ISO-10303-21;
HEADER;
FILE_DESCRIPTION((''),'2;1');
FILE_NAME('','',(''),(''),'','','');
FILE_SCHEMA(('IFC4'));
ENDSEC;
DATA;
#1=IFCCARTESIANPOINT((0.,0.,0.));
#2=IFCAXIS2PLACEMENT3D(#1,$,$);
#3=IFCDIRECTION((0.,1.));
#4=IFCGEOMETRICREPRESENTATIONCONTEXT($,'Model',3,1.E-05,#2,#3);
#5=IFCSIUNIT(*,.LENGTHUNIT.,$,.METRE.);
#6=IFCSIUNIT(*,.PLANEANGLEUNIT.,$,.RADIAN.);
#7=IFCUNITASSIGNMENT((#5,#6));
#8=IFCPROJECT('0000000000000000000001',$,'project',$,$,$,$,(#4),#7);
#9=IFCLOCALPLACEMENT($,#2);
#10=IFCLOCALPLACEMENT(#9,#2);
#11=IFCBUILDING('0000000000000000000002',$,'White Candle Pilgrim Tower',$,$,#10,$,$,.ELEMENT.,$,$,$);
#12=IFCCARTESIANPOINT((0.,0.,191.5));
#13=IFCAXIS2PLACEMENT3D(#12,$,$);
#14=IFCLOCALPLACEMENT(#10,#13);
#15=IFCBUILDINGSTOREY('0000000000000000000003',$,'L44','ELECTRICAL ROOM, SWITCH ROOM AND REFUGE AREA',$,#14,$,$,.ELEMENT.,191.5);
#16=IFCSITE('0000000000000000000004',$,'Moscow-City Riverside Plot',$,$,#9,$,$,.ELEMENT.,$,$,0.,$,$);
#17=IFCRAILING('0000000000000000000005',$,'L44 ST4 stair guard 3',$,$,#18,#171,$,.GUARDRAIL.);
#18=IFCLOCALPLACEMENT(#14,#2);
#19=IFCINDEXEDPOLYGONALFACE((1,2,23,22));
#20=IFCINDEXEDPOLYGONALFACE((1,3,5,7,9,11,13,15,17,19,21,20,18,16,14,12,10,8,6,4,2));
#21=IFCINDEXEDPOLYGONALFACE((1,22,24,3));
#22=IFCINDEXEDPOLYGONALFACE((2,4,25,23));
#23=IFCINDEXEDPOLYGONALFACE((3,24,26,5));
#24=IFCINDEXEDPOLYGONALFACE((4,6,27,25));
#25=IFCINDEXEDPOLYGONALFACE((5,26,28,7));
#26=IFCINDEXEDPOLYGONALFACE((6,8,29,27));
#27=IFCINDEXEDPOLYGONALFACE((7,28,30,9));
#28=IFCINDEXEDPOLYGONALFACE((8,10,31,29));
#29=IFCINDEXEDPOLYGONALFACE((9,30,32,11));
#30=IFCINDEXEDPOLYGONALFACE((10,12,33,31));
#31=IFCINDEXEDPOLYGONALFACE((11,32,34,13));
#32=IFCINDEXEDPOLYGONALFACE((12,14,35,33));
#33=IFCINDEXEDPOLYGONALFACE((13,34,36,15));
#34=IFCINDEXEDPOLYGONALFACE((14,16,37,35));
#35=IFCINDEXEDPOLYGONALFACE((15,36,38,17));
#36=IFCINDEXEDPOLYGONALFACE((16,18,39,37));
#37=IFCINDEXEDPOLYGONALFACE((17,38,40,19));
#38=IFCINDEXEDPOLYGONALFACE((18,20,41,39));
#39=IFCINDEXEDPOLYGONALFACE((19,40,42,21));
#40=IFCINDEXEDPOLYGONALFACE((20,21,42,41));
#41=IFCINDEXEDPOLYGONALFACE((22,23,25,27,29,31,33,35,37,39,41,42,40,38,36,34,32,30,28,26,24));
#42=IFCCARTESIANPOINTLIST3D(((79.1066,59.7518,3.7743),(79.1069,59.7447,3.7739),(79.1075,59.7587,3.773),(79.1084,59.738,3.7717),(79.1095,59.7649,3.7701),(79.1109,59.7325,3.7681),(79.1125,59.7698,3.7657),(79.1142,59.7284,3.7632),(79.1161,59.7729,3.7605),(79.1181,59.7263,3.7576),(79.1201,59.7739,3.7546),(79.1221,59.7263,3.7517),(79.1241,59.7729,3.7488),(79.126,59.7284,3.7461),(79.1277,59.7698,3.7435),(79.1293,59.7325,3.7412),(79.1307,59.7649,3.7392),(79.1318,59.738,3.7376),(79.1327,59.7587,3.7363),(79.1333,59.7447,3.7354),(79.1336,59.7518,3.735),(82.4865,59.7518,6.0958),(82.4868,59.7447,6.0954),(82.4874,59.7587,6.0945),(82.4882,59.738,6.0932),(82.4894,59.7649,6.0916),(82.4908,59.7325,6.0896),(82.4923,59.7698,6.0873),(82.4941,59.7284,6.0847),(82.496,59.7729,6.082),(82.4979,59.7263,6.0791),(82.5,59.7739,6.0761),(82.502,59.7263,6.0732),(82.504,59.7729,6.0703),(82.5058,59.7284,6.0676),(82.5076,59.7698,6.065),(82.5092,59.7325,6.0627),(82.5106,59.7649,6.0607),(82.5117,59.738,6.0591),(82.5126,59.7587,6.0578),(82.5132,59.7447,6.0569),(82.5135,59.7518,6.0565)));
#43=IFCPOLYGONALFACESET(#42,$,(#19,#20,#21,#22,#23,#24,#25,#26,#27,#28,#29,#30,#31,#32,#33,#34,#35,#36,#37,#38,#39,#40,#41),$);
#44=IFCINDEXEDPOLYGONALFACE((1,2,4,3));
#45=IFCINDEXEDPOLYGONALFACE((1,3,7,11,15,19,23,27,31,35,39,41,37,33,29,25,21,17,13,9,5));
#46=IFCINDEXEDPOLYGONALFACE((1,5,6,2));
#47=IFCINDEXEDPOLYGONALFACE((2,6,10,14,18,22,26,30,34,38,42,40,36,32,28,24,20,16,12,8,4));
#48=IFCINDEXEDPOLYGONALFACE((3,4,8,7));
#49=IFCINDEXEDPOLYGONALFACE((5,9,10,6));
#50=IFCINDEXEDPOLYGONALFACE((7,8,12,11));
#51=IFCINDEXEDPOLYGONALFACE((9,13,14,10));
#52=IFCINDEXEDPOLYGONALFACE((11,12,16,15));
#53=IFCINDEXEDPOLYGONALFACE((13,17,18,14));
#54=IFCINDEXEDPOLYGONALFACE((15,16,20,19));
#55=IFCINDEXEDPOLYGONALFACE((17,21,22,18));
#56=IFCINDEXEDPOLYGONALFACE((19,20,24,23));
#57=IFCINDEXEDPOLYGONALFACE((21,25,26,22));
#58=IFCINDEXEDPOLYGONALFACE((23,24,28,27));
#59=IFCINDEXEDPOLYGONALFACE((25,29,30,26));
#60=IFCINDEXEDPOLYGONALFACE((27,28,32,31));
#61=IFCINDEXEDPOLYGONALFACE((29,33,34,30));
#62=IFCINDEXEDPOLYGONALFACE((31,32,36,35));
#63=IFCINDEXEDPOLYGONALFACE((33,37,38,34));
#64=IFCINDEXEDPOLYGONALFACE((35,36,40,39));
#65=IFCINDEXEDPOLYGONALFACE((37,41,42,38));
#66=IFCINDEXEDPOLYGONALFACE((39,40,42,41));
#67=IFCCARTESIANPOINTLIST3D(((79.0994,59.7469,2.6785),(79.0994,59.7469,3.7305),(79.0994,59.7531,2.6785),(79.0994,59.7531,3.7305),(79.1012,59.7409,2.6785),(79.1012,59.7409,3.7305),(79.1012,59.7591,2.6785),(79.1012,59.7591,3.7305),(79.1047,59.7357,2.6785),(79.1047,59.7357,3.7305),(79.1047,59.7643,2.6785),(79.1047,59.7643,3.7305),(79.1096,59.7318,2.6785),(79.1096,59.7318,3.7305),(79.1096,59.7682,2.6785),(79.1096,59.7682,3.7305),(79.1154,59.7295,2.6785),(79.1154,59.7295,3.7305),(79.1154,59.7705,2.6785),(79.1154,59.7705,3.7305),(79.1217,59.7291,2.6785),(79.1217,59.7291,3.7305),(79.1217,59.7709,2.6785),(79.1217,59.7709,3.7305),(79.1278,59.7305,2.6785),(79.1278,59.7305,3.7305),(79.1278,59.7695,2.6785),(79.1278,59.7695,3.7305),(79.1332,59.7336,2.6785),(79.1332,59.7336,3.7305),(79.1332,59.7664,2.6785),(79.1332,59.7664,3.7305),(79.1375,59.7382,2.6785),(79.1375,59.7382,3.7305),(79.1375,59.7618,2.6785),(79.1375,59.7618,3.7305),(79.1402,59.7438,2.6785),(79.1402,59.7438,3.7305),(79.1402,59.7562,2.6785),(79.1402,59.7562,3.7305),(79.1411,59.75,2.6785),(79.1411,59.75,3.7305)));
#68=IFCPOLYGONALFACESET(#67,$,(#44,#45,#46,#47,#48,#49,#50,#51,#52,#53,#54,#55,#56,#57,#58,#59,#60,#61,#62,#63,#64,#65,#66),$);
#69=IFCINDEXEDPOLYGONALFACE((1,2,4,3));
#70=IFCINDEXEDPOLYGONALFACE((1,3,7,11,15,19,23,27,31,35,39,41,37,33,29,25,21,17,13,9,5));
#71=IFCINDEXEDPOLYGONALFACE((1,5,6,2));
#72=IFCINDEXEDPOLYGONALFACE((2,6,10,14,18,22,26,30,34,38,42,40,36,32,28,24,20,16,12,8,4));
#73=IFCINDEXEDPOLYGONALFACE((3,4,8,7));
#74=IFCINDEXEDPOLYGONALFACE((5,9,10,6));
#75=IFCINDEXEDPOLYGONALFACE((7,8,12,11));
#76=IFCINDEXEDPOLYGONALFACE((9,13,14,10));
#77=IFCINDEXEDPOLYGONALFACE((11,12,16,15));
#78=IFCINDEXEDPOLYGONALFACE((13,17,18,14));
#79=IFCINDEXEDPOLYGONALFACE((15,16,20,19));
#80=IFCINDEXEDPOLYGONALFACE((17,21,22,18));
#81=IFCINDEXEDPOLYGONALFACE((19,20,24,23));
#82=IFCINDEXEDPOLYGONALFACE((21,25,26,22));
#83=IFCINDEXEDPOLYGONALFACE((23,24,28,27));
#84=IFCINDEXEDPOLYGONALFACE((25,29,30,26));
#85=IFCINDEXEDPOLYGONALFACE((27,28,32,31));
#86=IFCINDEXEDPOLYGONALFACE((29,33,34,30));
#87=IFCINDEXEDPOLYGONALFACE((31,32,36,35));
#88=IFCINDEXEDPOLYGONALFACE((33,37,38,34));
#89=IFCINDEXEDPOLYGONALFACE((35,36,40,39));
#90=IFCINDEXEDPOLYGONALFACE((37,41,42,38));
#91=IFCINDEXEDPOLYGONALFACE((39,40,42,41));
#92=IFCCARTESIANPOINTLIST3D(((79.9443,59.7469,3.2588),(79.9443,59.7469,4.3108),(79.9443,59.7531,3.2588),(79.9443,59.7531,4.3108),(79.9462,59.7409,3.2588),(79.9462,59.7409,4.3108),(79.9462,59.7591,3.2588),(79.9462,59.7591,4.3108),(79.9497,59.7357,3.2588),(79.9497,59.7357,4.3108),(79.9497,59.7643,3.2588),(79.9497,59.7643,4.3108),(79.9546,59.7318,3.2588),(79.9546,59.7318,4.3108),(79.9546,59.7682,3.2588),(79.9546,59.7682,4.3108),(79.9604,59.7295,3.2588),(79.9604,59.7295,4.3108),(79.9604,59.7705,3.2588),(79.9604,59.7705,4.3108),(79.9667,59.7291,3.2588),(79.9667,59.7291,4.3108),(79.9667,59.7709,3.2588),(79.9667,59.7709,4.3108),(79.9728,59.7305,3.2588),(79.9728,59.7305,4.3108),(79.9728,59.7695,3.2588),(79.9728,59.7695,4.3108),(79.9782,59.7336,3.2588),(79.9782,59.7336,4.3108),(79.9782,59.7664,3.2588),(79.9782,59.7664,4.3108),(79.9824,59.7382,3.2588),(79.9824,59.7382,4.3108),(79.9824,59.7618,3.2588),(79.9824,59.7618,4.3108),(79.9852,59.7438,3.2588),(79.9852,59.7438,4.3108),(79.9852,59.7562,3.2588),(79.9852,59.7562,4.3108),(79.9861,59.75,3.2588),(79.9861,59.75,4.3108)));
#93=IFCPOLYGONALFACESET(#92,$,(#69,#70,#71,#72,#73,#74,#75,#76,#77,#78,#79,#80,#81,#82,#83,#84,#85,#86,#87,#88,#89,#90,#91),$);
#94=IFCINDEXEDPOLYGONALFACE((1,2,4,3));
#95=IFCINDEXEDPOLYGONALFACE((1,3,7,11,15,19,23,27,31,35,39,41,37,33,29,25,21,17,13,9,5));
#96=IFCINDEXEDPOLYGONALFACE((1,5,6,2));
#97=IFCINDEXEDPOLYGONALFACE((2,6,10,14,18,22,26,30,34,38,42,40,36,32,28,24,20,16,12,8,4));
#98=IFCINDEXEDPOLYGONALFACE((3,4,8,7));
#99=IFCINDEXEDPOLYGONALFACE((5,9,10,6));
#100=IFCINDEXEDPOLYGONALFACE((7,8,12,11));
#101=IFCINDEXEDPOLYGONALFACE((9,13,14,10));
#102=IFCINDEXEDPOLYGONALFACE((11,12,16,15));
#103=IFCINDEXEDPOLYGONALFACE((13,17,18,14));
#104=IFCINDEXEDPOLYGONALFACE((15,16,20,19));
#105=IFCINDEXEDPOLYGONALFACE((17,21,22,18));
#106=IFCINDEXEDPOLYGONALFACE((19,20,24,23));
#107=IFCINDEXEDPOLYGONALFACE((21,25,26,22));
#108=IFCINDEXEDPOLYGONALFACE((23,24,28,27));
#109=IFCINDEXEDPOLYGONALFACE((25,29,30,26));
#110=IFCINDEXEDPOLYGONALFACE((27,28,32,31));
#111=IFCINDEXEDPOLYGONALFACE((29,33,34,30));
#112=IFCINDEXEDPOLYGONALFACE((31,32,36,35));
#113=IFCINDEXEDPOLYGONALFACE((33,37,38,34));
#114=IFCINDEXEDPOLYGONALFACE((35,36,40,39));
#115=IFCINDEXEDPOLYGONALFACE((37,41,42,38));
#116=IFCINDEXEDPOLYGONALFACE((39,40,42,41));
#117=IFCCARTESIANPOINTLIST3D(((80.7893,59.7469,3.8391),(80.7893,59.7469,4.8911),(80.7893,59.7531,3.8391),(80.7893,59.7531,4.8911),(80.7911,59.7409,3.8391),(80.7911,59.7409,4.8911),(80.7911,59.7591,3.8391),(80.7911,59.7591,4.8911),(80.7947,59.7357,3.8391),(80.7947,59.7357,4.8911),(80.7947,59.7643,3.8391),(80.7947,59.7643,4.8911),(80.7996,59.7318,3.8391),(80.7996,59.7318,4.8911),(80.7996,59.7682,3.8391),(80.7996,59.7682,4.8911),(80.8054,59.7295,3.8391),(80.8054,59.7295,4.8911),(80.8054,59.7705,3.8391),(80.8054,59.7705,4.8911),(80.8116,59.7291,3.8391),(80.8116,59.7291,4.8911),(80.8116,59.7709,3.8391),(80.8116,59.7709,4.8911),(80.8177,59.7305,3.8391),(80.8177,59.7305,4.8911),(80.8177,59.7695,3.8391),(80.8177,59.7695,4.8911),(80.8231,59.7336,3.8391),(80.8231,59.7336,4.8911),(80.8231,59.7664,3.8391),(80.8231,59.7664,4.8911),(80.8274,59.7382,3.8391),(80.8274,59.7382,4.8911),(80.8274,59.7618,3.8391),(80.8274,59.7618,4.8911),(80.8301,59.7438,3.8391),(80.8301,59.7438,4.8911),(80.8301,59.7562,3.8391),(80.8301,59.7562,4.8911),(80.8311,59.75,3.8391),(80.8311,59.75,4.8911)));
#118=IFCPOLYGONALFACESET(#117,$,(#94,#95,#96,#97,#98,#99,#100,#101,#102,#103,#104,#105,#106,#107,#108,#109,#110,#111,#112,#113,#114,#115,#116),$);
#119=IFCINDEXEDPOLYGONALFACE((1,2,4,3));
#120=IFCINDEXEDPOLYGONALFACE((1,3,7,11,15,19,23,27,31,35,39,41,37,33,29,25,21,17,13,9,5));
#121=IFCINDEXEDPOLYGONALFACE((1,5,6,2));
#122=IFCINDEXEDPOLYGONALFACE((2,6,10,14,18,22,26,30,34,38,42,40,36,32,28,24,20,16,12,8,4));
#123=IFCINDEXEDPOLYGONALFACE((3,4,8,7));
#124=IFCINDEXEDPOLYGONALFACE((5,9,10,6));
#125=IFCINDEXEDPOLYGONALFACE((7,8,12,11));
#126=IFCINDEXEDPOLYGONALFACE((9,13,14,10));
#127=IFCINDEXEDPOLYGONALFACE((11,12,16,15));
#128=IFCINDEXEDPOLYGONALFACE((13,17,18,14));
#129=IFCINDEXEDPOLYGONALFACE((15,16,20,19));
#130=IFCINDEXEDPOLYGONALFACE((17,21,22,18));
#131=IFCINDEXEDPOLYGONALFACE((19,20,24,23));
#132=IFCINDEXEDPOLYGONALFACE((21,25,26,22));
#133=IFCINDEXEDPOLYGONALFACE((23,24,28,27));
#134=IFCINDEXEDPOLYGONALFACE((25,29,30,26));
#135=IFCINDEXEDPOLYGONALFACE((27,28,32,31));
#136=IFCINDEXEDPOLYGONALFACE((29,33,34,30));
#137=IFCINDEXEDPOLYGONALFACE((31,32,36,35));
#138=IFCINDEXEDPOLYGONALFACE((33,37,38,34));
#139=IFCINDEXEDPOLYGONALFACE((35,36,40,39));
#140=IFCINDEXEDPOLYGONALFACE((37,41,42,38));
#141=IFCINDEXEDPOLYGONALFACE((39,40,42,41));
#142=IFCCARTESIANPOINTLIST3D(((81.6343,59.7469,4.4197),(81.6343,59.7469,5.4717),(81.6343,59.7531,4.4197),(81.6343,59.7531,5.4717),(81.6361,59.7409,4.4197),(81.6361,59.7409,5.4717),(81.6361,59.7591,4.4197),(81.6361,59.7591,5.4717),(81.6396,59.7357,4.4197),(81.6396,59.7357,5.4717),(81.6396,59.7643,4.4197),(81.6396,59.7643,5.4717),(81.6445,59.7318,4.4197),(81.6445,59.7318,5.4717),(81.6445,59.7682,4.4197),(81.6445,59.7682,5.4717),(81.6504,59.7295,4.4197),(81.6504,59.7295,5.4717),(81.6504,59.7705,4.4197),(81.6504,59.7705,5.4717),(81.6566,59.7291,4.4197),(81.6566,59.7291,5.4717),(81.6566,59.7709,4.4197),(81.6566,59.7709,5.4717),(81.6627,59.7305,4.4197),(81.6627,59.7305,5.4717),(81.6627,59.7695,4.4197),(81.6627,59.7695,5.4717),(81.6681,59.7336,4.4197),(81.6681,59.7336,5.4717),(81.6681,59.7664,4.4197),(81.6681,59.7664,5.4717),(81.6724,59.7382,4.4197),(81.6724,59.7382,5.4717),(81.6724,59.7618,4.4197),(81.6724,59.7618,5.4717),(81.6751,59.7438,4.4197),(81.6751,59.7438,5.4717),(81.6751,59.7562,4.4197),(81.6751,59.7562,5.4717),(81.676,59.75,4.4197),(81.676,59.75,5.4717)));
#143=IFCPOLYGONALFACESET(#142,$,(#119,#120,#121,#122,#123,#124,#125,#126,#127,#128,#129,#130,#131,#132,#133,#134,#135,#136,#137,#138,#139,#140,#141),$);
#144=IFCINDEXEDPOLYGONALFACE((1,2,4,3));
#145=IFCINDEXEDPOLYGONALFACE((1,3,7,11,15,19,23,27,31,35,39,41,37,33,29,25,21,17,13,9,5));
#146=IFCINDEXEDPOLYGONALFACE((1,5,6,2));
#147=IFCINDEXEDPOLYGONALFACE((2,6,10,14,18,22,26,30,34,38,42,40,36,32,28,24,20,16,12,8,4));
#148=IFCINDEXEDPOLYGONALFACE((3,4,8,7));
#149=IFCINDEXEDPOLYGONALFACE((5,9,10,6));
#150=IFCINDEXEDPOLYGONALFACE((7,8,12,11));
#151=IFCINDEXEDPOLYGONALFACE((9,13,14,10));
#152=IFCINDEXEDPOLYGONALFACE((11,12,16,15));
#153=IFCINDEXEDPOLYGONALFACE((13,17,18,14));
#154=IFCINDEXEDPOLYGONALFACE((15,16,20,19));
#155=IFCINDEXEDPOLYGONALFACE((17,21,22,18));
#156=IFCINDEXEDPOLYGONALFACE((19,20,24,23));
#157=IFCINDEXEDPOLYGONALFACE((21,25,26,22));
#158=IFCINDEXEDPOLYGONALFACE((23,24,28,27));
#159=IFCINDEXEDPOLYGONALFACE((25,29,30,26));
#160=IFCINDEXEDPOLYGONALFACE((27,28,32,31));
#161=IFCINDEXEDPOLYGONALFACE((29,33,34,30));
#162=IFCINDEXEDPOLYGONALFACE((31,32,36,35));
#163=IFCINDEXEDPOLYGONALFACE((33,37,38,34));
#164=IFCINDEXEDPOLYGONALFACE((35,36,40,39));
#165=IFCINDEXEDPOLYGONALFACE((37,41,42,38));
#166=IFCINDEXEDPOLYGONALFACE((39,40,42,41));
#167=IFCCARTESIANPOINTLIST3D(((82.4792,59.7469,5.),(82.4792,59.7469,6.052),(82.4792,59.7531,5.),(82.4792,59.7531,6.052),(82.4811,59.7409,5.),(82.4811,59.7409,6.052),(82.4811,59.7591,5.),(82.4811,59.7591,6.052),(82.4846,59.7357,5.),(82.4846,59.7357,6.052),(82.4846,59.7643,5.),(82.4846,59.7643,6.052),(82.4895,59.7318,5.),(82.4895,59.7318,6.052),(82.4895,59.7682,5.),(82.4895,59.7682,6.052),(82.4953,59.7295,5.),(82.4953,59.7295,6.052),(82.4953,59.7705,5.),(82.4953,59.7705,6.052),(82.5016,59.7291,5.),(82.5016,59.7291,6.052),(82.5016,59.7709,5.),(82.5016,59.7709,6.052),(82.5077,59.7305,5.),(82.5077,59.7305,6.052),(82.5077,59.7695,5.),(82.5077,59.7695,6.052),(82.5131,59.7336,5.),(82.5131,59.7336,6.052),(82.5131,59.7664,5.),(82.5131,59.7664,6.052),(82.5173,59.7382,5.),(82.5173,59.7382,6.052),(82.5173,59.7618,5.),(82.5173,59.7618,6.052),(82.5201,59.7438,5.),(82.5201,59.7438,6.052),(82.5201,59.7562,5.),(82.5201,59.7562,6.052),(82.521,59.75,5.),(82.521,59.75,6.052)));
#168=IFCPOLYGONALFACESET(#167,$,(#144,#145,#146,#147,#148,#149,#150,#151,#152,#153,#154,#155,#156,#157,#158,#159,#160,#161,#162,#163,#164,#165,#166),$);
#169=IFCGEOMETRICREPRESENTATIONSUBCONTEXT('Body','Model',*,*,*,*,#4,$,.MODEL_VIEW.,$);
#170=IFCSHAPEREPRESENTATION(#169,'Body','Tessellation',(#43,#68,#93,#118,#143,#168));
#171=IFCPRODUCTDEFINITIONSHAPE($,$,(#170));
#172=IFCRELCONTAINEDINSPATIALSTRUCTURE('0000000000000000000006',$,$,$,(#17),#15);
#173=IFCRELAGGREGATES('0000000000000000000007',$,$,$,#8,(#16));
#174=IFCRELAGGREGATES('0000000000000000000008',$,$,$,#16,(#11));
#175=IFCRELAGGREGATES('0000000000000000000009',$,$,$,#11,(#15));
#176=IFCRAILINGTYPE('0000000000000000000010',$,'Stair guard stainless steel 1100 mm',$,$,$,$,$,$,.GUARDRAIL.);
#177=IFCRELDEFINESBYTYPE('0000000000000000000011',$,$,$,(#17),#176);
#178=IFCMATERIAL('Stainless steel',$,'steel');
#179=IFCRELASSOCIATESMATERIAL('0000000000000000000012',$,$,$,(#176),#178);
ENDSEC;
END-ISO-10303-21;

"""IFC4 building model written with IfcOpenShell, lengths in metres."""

from ifc_helpers import new_model, si_unit, direction, frame, origin, origin_2d, place, context, subcontext, project, spatial, circle, extrude, material, type_object, element, save


model = new_model("IFC4")

# Units and contexts
model_context = context("Model", 3, precision=1e-05, world=origin(), true_north=direction((0.0, 1.0)))
body_context = subcontext(model_context, "Body", "Model", "MODEL_VIEW")
ifc_project = project(units=[si_unit("LENGTHUNIT", "METRE"), si_unit("PLANEANGLEUNIT", "RADIAN")], contexts=[model_context])

# Site, building, storey
site_placement = place(None, origin())
site = spatial("IfcSite", under=ifc_project, at=site_placement, Name="Moscow-City Riverside Plot", CompositionType="ELEMENT", RefElevation=0.0)
building_placement = place(site_placement, origin())
building = spatial("IfcBuilding", under=site, at=building_placement, Name="White Candle Pilgrim Tower", CompositionType="ELEMENT")
storey_placement = place(building_placement, frame((0.0, 0.0, 191.5)))
storey = spatial("IfcBuildingStorey", under=building, at=storey_placement, Name="L44", Description="ELECTRICAL ROOM, SWITCH ROOM AND REFUGE AREA", CompositionType="ELEMENT", Elevation=191.5)

# Railing
ifc_material_1 = material(Name="Stainless steel", Category="steel")
railing_type_1 = type_object("IfcRailingType", Name="Stair guard stainless steel 1100 mm", PredefinedType="GUARDRAIL", material=ifc_material_1)
railing_1_placement = place(storey_placement, frame((79.1201, 59.75, 2.6785)))
element("IfcRailing", 1, at=railing_1_placement, inside=storey, type_object=railing_type_1, Name="L44 ST4 stair guard 3", PredefinedType="GUARDRAIL", context=body_context, shape_type="SweptSolid", body=[
    extrude(circle(Radius=0.0239, at=origin_2d()), frame((0.0, 0.0, 1.0762), z_axis=(0.824285, 0.0, 0.566175), x_axis=(0.0, 1.0, 0.0)), (0.0, 0.0, 1.0), 4.1003),
    extrude(circle(Radius=0.021, at=origin_2d()), origin(), (0.0, 0.0, 1.0), 1.052),
    extrude(circle(Radius=0.021, at=origin_2d()), frame((0.845, 0.0, 0.5803)), (0.0, 0.0, 1.0), 1.052),
    extrude(circle(Radius=0.021, at=origin_2d()), frame((1.6899, 0.0, 1.1606)), (0.0, 0.0, 1.0), 1.052),
    extrude(circle(Radius=0.021, at=origin_2d()), frame((2.5349, 0.0, 1.7412)), (0.0, 0.0, 1.0), 1.052),
    extrude(circle(Radius=0.021, at=origin_2d()), frame((3.3799, 0.0, 2.3215)), (0.0, 0.0, 1.0), 1.052),
])

save(model, "model.ifc")
